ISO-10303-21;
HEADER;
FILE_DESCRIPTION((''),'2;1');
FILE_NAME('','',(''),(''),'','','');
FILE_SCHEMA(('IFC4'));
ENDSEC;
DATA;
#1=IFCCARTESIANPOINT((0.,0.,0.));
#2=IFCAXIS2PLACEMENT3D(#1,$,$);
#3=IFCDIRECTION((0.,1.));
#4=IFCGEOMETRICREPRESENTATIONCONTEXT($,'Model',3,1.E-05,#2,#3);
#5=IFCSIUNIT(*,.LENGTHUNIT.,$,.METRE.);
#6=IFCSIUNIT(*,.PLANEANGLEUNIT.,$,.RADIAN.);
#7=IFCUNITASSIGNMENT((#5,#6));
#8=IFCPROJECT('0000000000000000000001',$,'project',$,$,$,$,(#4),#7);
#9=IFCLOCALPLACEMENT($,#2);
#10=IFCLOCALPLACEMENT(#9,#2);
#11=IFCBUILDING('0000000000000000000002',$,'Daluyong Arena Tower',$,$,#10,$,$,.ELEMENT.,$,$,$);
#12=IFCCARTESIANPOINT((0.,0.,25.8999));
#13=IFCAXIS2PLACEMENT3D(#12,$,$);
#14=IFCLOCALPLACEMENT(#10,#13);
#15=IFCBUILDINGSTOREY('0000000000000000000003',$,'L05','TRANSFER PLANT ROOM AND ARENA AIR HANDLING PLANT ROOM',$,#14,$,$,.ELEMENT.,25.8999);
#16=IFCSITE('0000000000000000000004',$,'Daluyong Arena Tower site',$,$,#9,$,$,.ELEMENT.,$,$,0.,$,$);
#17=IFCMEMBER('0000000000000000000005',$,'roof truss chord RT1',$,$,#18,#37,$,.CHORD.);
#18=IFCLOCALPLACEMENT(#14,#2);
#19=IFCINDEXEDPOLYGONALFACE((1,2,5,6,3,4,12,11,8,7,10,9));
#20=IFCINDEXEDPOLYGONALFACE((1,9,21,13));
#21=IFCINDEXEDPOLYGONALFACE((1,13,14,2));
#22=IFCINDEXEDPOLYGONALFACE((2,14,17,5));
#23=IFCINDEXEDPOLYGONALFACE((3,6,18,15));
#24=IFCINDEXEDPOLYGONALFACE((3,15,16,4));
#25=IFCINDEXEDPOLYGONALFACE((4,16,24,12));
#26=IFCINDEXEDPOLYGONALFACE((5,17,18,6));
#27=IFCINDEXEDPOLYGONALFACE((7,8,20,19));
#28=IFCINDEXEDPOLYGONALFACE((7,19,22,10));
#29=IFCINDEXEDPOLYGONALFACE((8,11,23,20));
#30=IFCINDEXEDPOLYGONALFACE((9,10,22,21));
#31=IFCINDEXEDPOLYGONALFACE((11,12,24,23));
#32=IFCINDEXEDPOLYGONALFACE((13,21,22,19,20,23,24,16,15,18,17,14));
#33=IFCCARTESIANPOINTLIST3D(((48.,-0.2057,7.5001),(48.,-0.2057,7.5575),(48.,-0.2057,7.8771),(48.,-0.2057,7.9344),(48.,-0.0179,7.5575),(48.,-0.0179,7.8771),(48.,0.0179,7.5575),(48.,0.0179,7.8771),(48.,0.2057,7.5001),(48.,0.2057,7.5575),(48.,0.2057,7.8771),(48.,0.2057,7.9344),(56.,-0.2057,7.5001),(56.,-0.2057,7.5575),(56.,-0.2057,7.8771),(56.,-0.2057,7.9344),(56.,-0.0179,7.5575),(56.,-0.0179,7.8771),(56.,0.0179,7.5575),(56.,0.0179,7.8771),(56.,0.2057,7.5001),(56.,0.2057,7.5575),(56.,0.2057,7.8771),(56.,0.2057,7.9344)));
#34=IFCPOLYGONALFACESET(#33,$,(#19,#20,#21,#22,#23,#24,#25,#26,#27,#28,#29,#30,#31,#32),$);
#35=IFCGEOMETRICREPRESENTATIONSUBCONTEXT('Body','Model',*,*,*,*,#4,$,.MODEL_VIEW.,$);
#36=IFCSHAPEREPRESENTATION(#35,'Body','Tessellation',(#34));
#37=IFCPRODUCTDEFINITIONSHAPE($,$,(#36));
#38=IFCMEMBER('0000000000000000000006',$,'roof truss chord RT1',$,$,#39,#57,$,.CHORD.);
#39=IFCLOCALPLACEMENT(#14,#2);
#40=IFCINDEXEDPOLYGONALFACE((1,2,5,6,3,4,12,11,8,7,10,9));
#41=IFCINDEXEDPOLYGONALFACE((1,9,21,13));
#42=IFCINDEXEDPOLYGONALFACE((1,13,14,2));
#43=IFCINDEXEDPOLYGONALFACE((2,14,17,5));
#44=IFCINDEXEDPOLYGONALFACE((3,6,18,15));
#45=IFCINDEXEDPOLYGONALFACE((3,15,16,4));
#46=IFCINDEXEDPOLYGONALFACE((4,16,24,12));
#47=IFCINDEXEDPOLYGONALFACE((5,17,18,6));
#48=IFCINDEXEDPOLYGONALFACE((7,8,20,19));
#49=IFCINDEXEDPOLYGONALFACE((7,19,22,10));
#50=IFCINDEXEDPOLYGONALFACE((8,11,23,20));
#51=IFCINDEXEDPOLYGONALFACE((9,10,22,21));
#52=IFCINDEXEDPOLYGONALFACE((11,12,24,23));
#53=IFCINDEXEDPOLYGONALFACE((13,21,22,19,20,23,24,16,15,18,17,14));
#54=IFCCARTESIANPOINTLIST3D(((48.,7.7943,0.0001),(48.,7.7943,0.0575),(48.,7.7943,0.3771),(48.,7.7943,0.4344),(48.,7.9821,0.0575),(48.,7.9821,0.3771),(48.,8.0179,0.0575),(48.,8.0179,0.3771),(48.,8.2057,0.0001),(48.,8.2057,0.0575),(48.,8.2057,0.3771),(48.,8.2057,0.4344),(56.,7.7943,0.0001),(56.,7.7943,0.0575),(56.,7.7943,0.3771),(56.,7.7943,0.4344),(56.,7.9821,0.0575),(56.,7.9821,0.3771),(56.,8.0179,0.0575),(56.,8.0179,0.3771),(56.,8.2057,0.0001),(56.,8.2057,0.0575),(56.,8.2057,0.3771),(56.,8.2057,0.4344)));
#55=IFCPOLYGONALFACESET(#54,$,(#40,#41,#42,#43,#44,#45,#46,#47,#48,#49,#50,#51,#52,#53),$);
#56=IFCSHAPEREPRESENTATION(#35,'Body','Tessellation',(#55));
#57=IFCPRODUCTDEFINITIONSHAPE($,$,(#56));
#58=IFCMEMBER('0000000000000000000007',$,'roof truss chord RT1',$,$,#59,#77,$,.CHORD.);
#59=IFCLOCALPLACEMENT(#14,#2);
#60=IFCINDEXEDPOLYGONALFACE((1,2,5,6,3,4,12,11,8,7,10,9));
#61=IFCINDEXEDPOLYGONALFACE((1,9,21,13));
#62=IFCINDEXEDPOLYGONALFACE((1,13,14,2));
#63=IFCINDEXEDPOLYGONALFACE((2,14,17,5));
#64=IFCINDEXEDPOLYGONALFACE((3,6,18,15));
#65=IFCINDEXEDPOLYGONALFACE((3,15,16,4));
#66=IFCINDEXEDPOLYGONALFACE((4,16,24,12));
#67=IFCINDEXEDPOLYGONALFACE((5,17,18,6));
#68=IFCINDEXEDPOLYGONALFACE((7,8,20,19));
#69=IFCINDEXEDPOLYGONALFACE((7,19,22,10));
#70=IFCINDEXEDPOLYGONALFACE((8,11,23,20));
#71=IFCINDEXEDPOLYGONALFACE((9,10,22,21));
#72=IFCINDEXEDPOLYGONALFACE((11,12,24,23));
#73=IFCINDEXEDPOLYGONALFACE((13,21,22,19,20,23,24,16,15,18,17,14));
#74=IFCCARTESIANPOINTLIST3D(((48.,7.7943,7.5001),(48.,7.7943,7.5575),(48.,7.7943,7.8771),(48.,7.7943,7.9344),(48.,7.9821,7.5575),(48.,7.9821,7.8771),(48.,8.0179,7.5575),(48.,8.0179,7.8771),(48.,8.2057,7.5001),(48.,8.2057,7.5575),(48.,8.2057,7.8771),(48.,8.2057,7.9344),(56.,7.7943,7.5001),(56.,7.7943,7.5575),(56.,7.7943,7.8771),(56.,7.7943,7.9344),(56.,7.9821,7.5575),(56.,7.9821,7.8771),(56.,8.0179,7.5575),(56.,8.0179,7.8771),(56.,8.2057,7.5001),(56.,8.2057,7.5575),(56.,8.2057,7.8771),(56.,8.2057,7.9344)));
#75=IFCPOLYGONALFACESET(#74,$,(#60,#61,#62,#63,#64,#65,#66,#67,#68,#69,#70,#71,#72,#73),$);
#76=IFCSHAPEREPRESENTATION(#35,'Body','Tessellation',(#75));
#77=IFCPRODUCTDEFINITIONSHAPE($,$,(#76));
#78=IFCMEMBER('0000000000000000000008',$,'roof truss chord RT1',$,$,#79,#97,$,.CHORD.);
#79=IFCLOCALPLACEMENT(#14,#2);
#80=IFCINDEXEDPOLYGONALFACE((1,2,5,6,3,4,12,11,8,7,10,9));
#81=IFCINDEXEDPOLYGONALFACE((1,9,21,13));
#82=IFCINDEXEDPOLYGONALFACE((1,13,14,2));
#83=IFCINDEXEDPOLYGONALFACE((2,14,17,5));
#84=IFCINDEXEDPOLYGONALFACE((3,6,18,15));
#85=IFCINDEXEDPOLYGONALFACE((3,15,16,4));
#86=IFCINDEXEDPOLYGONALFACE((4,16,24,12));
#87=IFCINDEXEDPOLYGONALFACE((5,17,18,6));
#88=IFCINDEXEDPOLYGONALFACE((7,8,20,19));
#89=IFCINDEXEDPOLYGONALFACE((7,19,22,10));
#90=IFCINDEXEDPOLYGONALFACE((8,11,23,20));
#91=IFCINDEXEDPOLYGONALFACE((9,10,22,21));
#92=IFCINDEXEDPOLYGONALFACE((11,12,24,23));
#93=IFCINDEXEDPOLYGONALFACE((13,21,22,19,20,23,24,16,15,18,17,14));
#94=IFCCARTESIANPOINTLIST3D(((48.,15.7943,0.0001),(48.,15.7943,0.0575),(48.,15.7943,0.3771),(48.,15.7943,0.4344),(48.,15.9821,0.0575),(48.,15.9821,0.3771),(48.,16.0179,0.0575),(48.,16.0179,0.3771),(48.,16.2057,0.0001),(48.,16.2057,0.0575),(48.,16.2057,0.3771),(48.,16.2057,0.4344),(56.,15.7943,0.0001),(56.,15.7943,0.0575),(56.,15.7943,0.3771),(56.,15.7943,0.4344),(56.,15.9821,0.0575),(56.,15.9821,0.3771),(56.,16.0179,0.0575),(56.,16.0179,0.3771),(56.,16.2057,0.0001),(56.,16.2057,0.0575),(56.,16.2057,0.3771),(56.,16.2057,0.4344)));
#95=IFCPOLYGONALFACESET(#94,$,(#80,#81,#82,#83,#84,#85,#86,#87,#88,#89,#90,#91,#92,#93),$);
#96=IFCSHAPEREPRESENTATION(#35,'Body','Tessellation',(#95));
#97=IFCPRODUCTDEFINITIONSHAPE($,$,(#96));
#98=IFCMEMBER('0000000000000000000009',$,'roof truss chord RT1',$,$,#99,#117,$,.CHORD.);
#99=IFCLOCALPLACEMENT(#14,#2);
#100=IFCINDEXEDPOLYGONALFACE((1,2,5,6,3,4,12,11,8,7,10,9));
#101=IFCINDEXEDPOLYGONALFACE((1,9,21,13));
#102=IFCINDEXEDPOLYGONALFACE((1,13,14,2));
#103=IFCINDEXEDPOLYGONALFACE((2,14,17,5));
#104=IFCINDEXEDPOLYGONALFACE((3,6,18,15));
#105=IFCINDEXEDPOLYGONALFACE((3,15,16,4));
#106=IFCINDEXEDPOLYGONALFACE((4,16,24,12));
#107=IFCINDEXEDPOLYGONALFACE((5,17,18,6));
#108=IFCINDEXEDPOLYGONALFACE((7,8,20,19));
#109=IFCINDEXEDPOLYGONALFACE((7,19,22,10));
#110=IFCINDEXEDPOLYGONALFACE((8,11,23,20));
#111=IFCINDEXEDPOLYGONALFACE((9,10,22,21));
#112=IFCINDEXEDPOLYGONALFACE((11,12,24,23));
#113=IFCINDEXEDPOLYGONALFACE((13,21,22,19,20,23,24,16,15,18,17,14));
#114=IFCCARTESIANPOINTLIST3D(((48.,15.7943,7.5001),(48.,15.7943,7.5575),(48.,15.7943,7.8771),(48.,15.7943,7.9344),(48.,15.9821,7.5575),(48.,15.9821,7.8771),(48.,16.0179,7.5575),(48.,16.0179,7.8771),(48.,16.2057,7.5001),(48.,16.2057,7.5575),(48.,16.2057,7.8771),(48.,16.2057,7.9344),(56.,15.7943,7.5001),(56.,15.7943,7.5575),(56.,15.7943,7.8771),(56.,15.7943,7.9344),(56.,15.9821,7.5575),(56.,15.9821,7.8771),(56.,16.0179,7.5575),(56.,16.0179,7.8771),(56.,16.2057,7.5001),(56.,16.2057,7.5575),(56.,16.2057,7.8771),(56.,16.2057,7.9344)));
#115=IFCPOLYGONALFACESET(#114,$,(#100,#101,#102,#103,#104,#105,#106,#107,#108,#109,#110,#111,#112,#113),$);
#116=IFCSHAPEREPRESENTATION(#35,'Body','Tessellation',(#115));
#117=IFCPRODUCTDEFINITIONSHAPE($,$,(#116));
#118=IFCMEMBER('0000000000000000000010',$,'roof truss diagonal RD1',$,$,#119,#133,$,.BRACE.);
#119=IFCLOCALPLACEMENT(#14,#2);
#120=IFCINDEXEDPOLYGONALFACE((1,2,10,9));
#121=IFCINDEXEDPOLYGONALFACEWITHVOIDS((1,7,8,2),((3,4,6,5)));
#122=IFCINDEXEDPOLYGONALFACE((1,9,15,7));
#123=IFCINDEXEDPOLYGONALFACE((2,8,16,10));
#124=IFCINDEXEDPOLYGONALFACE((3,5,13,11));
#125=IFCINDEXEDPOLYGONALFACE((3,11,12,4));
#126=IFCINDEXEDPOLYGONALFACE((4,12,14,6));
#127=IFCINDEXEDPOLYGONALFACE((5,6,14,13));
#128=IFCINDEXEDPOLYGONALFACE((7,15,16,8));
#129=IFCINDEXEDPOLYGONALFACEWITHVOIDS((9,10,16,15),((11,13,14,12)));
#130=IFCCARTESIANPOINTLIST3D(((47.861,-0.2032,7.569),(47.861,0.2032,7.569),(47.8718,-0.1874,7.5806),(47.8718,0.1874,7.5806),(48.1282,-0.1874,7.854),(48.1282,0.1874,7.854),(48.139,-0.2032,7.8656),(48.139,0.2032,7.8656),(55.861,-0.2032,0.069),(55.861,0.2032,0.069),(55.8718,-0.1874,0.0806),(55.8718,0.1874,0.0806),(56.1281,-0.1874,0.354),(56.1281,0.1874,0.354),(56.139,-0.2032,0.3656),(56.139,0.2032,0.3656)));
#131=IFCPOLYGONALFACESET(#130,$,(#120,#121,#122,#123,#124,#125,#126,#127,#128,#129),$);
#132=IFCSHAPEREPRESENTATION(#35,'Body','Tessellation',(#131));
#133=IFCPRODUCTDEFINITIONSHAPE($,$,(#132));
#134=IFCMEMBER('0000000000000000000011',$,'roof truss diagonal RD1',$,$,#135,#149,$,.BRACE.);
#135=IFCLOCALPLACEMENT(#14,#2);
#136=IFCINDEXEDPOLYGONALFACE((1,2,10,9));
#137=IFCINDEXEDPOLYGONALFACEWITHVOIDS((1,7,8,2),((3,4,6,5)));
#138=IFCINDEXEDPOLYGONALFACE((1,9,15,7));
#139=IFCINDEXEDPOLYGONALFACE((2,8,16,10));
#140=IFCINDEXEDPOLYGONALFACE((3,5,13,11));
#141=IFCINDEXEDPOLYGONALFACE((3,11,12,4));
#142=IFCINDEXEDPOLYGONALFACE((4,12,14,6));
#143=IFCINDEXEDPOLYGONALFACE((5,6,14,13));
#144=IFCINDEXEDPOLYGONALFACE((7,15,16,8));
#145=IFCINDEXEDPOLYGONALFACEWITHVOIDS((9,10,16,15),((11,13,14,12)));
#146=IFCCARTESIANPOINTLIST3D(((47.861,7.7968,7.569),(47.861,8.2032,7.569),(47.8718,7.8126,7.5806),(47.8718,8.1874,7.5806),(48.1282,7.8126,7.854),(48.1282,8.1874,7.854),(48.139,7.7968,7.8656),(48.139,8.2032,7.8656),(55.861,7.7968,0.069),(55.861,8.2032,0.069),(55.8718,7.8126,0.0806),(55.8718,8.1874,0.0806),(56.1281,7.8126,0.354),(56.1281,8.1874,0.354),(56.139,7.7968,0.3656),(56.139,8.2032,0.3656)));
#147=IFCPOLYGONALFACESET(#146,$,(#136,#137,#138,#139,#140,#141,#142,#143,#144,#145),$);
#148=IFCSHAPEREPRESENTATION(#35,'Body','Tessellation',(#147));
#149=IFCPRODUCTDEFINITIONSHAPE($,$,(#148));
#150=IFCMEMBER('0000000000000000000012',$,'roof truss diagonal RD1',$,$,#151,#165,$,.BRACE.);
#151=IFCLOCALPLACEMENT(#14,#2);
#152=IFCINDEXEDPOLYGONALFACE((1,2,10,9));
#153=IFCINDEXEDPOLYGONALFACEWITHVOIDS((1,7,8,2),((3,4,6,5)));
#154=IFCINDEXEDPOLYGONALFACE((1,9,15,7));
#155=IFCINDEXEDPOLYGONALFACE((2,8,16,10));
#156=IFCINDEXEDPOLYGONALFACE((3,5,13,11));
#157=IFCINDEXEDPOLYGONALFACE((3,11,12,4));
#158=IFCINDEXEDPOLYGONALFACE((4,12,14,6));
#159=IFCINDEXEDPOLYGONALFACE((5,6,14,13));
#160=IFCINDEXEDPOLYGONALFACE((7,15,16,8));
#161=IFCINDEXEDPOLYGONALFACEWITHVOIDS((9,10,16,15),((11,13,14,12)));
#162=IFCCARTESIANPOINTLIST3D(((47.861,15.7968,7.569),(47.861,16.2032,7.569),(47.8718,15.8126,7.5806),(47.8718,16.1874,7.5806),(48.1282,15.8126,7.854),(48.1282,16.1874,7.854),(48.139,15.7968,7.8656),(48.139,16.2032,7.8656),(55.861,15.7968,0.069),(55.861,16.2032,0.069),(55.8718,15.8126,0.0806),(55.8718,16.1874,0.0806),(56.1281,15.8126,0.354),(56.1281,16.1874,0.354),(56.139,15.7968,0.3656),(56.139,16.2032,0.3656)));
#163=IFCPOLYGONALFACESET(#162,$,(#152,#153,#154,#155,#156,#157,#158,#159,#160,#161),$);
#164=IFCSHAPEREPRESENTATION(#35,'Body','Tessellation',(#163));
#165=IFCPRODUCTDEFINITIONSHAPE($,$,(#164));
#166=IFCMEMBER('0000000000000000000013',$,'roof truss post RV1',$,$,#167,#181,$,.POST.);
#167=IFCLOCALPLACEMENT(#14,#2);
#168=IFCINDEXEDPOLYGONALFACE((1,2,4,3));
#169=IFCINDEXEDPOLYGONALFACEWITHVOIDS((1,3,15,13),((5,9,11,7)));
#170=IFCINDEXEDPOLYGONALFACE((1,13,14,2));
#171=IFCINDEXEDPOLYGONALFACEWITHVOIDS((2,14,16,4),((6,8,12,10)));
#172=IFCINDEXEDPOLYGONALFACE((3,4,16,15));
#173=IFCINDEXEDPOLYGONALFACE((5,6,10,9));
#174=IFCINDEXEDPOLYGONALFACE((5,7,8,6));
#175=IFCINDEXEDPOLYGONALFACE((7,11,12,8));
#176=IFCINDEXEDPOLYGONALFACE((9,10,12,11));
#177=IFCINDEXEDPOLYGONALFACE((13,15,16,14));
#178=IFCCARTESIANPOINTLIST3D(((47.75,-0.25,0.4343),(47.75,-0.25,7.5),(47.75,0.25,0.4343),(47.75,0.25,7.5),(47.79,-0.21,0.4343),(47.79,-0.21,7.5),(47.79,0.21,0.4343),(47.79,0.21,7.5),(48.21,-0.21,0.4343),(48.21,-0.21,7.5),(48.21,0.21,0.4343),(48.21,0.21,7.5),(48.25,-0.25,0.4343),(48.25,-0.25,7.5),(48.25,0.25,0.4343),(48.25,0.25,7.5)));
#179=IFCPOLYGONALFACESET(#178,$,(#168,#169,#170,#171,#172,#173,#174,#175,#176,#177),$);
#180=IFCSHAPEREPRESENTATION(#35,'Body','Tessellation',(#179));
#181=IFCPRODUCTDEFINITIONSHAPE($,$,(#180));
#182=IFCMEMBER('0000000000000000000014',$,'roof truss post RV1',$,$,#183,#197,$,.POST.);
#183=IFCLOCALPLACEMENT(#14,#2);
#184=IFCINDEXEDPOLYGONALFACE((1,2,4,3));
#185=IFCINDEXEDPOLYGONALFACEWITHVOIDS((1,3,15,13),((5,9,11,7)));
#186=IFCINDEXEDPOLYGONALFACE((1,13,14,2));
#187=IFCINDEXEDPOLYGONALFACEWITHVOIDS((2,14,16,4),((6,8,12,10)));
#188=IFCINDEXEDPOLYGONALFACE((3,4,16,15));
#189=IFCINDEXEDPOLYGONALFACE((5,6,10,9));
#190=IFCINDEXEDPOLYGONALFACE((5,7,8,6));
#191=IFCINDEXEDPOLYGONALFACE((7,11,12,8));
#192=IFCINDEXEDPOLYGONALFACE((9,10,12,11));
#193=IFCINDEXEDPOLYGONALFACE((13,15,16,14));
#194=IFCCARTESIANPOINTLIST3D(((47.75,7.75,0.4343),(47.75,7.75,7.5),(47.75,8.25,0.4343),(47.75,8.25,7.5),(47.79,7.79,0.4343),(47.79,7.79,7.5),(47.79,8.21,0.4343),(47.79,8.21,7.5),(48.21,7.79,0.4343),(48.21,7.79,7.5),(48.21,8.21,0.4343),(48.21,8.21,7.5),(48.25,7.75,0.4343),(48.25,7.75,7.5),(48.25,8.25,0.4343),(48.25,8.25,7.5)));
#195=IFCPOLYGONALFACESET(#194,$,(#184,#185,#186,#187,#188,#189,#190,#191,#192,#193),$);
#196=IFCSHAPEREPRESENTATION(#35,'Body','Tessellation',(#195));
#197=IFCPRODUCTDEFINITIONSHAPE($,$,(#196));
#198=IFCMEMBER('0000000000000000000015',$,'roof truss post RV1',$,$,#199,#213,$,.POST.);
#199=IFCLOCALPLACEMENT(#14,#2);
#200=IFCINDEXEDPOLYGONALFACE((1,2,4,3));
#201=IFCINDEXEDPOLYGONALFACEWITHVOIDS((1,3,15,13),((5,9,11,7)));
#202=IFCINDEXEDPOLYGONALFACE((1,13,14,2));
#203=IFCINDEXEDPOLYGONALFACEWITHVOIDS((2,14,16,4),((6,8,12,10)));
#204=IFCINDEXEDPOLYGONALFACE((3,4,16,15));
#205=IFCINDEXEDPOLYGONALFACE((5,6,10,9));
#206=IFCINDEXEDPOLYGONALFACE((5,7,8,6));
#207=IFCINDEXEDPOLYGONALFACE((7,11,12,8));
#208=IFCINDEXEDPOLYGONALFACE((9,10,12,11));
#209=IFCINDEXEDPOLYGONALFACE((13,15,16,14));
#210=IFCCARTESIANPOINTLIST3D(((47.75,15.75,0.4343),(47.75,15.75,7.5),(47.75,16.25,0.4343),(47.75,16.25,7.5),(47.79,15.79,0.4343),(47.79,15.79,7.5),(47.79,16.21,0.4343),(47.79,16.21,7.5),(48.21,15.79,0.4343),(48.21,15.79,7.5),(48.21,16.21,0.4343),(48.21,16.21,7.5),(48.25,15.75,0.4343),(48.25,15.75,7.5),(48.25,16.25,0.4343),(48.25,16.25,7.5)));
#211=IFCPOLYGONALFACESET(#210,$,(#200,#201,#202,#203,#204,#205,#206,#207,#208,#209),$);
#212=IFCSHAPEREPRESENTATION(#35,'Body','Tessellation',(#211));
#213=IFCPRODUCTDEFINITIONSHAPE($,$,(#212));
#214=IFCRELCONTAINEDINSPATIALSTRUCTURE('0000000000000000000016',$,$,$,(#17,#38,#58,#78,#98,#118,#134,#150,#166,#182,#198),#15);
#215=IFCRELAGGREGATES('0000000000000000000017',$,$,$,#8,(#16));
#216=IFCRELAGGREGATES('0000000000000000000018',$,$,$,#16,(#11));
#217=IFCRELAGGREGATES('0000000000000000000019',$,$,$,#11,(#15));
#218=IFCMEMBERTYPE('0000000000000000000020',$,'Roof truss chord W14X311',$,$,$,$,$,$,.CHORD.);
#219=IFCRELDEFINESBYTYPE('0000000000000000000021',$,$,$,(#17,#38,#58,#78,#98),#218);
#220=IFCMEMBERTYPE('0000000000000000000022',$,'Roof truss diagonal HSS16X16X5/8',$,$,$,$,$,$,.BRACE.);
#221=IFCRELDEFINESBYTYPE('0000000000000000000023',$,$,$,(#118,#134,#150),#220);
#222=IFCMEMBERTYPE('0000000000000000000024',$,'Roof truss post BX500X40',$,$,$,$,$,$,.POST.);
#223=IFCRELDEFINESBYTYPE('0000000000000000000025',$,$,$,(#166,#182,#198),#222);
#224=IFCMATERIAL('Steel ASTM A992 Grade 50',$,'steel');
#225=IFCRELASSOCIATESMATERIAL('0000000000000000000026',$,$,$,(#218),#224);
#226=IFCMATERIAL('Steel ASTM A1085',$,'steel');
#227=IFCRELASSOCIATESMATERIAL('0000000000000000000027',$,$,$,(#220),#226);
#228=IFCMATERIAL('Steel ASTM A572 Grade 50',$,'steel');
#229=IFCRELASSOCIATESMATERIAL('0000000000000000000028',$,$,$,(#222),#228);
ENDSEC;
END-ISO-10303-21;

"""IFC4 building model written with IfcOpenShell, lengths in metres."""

from ifc_helpers import new_model, si_unit, direction, frame, origin, origin_2d, place, context, subcontext, project, spatial, hollow_rectangle, i_section, extrude, material, material_profile, profile_set, type_object, element, save


model = new_model("IFC4")

# Units and contexts
model_context = context("Model", 3, precision=1e-05, world=origin(), true_north=direction((0.0, 1.0)))
body_context = subcontext(model_context, "Body", "Model", "MODEL_VIEW")
ifc_project = project(units=[si_unit("LENGTHUNIT", "METRE"), si_unit("PLANEANGLEUNIT", "RADIAN")], contexts=[model_context])

# Site, building, storey
site_placement = place(None, origin())
site = spatial("IfcSite", under=ifc_project, at=site_placement, Name="Daluyong Arena Tower site", CompositionType="ELEMENT", RefElevation=0.0)
building_placement = place(site_placement, origin())
building = spatial("IfcBuilding", under=site, at=building_placement, Name="Daluyong Arena Tower", CompositionType="ELEMENT")
storey_placement = place(building_placement, frame((0.0, 0.0, 25.8999)))
storey = spatial("IfcBuildingStorey", under=building, at=storey_placement, Name="L05", Description="TRANSFER PLANT ROOM AND ARENA AIR HANDLING PLANT ROOM", CompositionType="ELEMENT", Elevation=25.8999)

# Members
ifc_material_1 = material(Name="Steel ASTM A992 Grade 50", Category="steel")
ifc_material_profile_1 = material_profile(ifc_material_1, i_section(OverallWidth=0.4114, OverallDepth=0.4343, WebThickness=0.0359, FlangeThickness=0.0574, at=origin_2d()))
ifc_profile_set_1 = profile_set([ifc_material_profile_1], Name="Steel ASTM A992 Grade 50")
member_type_1 = type_object("IfcMemberType", Name="Roof truss chord W14X311", PredefinedType="CHORD", material=ifc_profile_set_1)
for number, where, z_axis, x_axis, name in (
    (1, (48.0, 0.0, 7.7173), (1.0, 0.0, 0.0), (0.0, 1.0, 0.0), "roof truss chord RT1"),
    (2, (48.0, 8.0, 0.2173), (1.0, 0.0, 0.0), (0.0, 1.0, 0.0), "roof truss chord RT1"),
    (3, (48.0, 8.0, 7.7173), (1.0, 0.0, 0.0), (0.0, 1.0, 0.0), "roof truss chord RT1"),
    (4, (48.0, 16.0, 0.2173), (1.0, 0.0, 0.0), (0.0, 1.0, 0.0), "roof truss chord RT1"),
    (5, (48.0, 16.0, 7.7173), (1.0, 0.0, 0.0), (0.0, 1.0, 0.0), "roof truss chord RT1"),
):
    element("IfcMember", number, at=place(storey_placement, frame(where, z_axis=z_axis, x_axis=x_axis)), inside=storey, type_object=member_type_1, Name=name, PredefinedType="CHORD", context=body_context, shape_type="SweptSolid", body=[
        extrude(i_section(OverallWidth=0.4114, OverallDepth=0.4343, WebThickness=0.0359, FlangeThickness=0.0574, at=origin_2d()), origin(), (0.0, 0.0, 1.0), 8.0),
    ])
ifc_material_2 = material(Name="Steel ASTM A1085", Category="steel")
ifc_material_profile_2 = material_profile(ifc_material_2, hollow_rectangle(XDim=0.4065, YDim=0.4065, WallThickness=0.0159, at=origin_2d()))
ifc_profile_set_2 = profile_set([ifc_material_profile_2], Name="Steel ASTM A1085")
member_type_2 = type_object("IfcMemberType", Name="Roof truss diagonal HSS16X16X5/8", PredefinedType="BRACE", material=ifc_profile_set_2)
for number, where, z_axis, x_axis, name in (
    (6, (48.0, 0.0, 7.7173), (0.729537, 0.0, -0.683941), (0.0, 1.0, 0.0), "roof truss diagonal RD1"),
    (7, (48.0, 8.0, 7.7173), (0.729537, 0.0, -0.683941), (0.0, 1.0, 0.0), "roof truss diagonal RD1"),
    (8, (48.0, 16.0, 7.7173), (0.729537, 0.0, -0.683941), (0.0, 1.0, 0.0), "roof truss diagonal RD1"),
):
    element("IfcMember", number, at=place(storey_placement, frame(where, z_axis=z_axis, x_axis=x_axis)), inside=storey, type_object=member_type_2, Name=name, PredefinedType="BRACE", context=body_context, shape_type="SweptSolid", body=[
        extrude(hollow_rectangle(XDim=0.4065, YDim=0.4065, WallThickness=0.0159, at=origin_2d()), origin(), (0.0, 0.0, 1.0), 10.9658),
    ])
ifc_material_3 = material(Name="Steel ASTM A572 Grade 50", Category="steel")
ifc_material_profile_3 = material_profile(ifc_material_3, hollow_rectangle(XDim=0.5, YDim=0.5, WallThickness=0.04, at=origin_2d()))
ifc_profile_set_3 = profile_set([ifc_material_profile_3], Name="Steel ASTM A572 Grade 50")
member_type_3 = type_object("IfcMemberType", Name="Roof truss post BX500X40", PredefinedType="POST", material=ifc_profile_set_3)
for number, where, z_axis, x_axis, name in (
    (9, (48.0, 0.0, 0.4343), (0.0, 0.0, 1.0), (1.0, 0.0, 0.0), "roof truss post RV1"),
    (10, (48.0, 8.0, 0.4343), (0.0, 0.0, 1.0), (1.0, 0.0, 0.0), "roof truss post RV1"),
    (11, (48.0, 16.0, 0.4343), (0.0, 0.0, 1.0), (1.0, 0.0, 0.0), "roof truss post RV1"),
):
    element("IfcMember", number, at=place(storey_placement, frame(where, z_axis=z_axis, x_axis=x_axis)), inside=storey, type_object=member_type_3, Name=name, PredefinedType="POST", context=body_context, shape_type="SweptSolid", body=[
        extrude(hollow_rectangle(XDim=0.5, YDim=0.5, WallThickness=0.04, at=origin_2d()), origin(), (0.0, 0.0, 1.0), 7.0657),
    ])

save(model, "model.ifc")
